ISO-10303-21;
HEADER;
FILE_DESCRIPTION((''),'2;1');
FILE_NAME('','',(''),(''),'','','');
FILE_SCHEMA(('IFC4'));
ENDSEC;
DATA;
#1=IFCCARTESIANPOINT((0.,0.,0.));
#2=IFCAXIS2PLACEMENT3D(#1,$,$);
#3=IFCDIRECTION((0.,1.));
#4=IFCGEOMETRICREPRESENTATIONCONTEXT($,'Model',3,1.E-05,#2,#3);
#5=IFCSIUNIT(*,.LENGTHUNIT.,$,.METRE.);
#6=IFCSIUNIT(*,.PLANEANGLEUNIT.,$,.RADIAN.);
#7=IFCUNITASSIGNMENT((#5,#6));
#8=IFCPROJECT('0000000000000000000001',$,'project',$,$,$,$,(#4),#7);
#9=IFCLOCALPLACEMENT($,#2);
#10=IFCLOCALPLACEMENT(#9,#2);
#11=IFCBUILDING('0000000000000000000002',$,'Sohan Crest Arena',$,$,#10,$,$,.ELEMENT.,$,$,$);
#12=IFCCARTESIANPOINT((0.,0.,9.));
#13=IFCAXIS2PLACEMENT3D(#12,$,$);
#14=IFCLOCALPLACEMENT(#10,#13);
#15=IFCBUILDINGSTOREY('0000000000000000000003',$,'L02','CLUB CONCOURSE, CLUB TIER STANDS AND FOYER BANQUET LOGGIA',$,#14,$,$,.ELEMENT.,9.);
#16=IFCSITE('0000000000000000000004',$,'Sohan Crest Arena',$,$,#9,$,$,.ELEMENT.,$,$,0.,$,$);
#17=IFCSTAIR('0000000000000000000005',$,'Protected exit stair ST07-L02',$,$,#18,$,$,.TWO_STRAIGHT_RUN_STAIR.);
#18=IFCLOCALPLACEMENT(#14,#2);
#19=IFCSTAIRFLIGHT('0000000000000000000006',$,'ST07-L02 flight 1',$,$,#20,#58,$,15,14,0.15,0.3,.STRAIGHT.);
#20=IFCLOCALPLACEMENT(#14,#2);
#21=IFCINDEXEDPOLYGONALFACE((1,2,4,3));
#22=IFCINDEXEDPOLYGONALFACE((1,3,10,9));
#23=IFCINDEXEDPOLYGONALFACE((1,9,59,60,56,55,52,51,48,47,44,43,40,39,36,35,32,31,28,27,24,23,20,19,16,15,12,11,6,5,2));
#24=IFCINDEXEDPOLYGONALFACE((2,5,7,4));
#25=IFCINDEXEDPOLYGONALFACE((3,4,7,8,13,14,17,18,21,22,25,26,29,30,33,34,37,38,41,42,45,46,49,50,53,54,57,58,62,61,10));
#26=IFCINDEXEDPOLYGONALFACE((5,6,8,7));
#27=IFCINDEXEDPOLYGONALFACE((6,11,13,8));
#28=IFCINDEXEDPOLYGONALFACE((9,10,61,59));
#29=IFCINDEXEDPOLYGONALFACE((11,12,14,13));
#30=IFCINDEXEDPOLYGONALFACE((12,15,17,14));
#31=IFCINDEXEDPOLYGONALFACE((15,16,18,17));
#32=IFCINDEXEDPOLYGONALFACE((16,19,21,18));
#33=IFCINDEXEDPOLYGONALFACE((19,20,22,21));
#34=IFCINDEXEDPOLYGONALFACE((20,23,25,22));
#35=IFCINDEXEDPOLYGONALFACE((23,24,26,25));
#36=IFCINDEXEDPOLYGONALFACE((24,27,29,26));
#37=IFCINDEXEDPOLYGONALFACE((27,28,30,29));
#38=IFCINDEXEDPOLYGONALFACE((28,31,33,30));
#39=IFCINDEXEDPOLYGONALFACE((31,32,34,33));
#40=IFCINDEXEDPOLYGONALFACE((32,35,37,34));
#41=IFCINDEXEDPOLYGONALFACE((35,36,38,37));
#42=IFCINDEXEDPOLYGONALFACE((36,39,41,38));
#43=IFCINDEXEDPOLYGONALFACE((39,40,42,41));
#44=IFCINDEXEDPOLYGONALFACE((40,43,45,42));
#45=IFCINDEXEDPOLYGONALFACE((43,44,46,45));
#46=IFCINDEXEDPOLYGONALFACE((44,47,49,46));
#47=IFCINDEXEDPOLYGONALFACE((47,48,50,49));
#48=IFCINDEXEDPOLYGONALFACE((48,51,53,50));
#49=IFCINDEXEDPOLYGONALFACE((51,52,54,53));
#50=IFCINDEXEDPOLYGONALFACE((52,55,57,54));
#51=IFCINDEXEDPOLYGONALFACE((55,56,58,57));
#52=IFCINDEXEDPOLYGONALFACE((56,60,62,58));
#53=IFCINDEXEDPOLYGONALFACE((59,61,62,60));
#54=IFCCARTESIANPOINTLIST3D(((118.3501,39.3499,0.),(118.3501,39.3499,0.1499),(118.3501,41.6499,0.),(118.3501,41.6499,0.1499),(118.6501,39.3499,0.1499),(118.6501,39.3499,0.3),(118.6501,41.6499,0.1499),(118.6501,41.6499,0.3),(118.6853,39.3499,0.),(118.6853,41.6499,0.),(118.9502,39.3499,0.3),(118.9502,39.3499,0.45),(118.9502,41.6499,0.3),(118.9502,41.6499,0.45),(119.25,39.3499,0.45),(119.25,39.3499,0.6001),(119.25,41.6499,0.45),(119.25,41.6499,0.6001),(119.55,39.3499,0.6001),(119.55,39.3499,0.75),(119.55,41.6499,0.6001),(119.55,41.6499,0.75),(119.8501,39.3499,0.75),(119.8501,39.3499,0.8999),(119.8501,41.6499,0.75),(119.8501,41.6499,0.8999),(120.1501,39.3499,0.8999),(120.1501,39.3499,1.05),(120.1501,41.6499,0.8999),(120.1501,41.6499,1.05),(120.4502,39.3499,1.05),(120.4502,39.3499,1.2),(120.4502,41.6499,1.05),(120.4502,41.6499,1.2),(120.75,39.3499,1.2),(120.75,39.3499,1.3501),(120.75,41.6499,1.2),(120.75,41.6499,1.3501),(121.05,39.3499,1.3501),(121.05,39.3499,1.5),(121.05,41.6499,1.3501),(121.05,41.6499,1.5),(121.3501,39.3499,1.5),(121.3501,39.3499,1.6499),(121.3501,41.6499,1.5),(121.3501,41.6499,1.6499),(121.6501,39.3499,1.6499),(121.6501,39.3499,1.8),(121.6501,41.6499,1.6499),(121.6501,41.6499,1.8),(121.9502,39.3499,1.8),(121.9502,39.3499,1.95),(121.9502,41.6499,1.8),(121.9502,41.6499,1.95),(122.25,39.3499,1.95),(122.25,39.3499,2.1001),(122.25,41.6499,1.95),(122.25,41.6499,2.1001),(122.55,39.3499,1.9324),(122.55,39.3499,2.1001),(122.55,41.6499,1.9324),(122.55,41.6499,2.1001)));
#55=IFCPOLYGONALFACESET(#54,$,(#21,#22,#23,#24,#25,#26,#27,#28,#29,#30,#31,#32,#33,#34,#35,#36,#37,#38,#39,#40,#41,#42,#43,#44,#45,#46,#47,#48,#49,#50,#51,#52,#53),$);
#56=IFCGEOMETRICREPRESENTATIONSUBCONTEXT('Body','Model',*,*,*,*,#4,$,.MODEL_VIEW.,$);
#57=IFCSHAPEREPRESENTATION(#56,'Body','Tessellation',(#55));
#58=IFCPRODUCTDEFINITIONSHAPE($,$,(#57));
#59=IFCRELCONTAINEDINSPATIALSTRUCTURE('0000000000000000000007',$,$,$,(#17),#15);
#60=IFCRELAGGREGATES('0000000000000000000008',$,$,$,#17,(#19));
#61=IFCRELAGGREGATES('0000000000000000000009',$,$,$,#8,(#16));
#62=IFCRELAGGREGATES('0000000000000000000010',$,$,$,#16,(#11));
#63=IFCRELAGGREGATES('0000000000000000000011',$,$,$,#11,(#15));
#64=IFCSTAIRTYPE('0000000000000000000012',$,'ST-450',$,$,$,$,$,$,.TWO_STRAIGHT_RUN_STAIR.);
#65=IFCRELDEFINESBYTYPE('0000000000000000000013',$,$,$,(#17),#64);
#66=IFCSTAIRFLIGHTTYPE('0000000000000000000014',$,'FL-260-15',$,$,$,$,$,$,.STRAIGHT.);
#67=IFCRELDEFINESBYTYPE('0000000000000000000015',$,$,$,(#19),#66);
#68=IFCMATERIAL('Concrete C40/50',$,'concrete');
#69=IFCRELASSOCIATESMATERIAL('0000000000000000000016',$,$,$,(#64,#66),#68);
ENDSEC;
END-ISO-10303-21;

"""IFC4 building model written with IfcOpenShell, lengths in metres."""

from ifc_helpers import new_model, si_unit, direction, frame, origin, place, context, subcontext, project, spatial, polyline, outline, extrude, material, type_object, element, aggregate, save


model = new_model("IFC4")

# Units and contexts
model_context = context("Model", 3, precision=1e-05, world=origin(), true_north=direction((0.0, 1.0)))
body_context = subcontext(model_context, "Body", "Model", "MODEL_VIEW")
ifc_project = project(units=[si_unit("LENGTHUNIT", "METRE"), si_unit("PLANEANGLEUNIT", "RADIAN")], contexts=[model_context])

# Site, building, storey
site_placement = place(None, origin())
site = spatial("IfcSite", under=ifc_project, at=site_placement, Name="Sohan Crest Arena", CompositionType="ELEMENT", RefElevation=0.0)
building_placement = place(site_placement, origin())
building = spatial("IfcBuilding", under=site, at=building_placement, Name="Sohan Crest Arena", CompositionType="ELEMENT")
storey_placement = place(building_placement, frame((0.0, 0.0, 9.0)))
storey = spatial("IfcBuildingStorey", under=building, at=storey_placement, Name="L02", Description="CLUB CONCOURSE, CLUB TIER STANDS AND FOYER BANQUET LOGGIA", CompositionType="ELEMENT", Elevation=9.0)

# Shared definitions
ifc_material_1 = material(Name="Concrete C40/50", Category="concrete")

# Shared definitions
stair_type = type_object("IfcStairType", Name="ST-450", PredefinedType="TWO_STRAIGHT_RUN_STAIR", material=ifc_material_1)
stair_flight_type = type_object("IfcStairFlightType", Name="FL-260-15", PredefinedType="STRAIGHT", material=ifc_material_1)

# Stair, stair flight
stair_1_placement = place(storey_placement, origin())
stair_1 = element("IfcStair", 1, at=stair_1_placement, inside=storey, type_object=stair_type, Name="Protected exit stair ST07-L02", PredefinedType="TWO_STRAIGHT_RUN_STAIR")
stair_flight_1_placement = place(storey_placement, frame((118.3501, 40.5, 0.0), z_axis=(0.0, 0.0, 1.0), x_axis=(1.0, 0.0, 0.0)))
stair_flight_1 = element("IfcStairFlight", 2, at=stair_flight_1_placement, type_object=stair_flight_type, Name="ST07-L02 flight 1", NumberOfRisers=15, NumberOfTreads=14, PredefinedType="STRAIGHT", RiserHeight=0.15, TreadLength=0.3, context=body_context, shape_type="SweptSolid", body=[
    extrude(outline(polyline([(0.0, 0.0), (0.0, 0.1499), (0.3, 0.1499), (0.3, 0.3), (0.6001, 0.3), (0.6001, 0.45), (0.8999, 0.45), (0.8999, 0.6001), (1.2, 0.6001), (1.2, 0.75), (1.5, 0.75), (1.5, 0.8999), (1.8, 0.8999), (1.8, 1.05), (2.1001, 1.05), (2.1001, 1.2), (2.3999, 1.2), (2.3999, 1.3501), (2.7, 1.3501), (2.7, 1.5), (3.0, 1.5), (3.0, 1.6499), (3.3, 1.6499), (3.3, 1.8), (3.6001, 1.8), (3.6001, 1.95), (3.8999, 1.95), (3.8999, 2.1001), (4.2, 2.1001), (4.2, 2.25), (4.2, 1.9324), (0.3352, 0.0), (0.0, 0.0)])), frame((0.0, 1.1499, 0.0), z_axis=(0.0, -1.0, 0.0), x_axis=(1.0, 0.0, 0.0)), (0.0, 0.0, 1.0), 2.3),
])
aggregate(stair_1, [stair_flight_1])

save(model, "model.ifc")
